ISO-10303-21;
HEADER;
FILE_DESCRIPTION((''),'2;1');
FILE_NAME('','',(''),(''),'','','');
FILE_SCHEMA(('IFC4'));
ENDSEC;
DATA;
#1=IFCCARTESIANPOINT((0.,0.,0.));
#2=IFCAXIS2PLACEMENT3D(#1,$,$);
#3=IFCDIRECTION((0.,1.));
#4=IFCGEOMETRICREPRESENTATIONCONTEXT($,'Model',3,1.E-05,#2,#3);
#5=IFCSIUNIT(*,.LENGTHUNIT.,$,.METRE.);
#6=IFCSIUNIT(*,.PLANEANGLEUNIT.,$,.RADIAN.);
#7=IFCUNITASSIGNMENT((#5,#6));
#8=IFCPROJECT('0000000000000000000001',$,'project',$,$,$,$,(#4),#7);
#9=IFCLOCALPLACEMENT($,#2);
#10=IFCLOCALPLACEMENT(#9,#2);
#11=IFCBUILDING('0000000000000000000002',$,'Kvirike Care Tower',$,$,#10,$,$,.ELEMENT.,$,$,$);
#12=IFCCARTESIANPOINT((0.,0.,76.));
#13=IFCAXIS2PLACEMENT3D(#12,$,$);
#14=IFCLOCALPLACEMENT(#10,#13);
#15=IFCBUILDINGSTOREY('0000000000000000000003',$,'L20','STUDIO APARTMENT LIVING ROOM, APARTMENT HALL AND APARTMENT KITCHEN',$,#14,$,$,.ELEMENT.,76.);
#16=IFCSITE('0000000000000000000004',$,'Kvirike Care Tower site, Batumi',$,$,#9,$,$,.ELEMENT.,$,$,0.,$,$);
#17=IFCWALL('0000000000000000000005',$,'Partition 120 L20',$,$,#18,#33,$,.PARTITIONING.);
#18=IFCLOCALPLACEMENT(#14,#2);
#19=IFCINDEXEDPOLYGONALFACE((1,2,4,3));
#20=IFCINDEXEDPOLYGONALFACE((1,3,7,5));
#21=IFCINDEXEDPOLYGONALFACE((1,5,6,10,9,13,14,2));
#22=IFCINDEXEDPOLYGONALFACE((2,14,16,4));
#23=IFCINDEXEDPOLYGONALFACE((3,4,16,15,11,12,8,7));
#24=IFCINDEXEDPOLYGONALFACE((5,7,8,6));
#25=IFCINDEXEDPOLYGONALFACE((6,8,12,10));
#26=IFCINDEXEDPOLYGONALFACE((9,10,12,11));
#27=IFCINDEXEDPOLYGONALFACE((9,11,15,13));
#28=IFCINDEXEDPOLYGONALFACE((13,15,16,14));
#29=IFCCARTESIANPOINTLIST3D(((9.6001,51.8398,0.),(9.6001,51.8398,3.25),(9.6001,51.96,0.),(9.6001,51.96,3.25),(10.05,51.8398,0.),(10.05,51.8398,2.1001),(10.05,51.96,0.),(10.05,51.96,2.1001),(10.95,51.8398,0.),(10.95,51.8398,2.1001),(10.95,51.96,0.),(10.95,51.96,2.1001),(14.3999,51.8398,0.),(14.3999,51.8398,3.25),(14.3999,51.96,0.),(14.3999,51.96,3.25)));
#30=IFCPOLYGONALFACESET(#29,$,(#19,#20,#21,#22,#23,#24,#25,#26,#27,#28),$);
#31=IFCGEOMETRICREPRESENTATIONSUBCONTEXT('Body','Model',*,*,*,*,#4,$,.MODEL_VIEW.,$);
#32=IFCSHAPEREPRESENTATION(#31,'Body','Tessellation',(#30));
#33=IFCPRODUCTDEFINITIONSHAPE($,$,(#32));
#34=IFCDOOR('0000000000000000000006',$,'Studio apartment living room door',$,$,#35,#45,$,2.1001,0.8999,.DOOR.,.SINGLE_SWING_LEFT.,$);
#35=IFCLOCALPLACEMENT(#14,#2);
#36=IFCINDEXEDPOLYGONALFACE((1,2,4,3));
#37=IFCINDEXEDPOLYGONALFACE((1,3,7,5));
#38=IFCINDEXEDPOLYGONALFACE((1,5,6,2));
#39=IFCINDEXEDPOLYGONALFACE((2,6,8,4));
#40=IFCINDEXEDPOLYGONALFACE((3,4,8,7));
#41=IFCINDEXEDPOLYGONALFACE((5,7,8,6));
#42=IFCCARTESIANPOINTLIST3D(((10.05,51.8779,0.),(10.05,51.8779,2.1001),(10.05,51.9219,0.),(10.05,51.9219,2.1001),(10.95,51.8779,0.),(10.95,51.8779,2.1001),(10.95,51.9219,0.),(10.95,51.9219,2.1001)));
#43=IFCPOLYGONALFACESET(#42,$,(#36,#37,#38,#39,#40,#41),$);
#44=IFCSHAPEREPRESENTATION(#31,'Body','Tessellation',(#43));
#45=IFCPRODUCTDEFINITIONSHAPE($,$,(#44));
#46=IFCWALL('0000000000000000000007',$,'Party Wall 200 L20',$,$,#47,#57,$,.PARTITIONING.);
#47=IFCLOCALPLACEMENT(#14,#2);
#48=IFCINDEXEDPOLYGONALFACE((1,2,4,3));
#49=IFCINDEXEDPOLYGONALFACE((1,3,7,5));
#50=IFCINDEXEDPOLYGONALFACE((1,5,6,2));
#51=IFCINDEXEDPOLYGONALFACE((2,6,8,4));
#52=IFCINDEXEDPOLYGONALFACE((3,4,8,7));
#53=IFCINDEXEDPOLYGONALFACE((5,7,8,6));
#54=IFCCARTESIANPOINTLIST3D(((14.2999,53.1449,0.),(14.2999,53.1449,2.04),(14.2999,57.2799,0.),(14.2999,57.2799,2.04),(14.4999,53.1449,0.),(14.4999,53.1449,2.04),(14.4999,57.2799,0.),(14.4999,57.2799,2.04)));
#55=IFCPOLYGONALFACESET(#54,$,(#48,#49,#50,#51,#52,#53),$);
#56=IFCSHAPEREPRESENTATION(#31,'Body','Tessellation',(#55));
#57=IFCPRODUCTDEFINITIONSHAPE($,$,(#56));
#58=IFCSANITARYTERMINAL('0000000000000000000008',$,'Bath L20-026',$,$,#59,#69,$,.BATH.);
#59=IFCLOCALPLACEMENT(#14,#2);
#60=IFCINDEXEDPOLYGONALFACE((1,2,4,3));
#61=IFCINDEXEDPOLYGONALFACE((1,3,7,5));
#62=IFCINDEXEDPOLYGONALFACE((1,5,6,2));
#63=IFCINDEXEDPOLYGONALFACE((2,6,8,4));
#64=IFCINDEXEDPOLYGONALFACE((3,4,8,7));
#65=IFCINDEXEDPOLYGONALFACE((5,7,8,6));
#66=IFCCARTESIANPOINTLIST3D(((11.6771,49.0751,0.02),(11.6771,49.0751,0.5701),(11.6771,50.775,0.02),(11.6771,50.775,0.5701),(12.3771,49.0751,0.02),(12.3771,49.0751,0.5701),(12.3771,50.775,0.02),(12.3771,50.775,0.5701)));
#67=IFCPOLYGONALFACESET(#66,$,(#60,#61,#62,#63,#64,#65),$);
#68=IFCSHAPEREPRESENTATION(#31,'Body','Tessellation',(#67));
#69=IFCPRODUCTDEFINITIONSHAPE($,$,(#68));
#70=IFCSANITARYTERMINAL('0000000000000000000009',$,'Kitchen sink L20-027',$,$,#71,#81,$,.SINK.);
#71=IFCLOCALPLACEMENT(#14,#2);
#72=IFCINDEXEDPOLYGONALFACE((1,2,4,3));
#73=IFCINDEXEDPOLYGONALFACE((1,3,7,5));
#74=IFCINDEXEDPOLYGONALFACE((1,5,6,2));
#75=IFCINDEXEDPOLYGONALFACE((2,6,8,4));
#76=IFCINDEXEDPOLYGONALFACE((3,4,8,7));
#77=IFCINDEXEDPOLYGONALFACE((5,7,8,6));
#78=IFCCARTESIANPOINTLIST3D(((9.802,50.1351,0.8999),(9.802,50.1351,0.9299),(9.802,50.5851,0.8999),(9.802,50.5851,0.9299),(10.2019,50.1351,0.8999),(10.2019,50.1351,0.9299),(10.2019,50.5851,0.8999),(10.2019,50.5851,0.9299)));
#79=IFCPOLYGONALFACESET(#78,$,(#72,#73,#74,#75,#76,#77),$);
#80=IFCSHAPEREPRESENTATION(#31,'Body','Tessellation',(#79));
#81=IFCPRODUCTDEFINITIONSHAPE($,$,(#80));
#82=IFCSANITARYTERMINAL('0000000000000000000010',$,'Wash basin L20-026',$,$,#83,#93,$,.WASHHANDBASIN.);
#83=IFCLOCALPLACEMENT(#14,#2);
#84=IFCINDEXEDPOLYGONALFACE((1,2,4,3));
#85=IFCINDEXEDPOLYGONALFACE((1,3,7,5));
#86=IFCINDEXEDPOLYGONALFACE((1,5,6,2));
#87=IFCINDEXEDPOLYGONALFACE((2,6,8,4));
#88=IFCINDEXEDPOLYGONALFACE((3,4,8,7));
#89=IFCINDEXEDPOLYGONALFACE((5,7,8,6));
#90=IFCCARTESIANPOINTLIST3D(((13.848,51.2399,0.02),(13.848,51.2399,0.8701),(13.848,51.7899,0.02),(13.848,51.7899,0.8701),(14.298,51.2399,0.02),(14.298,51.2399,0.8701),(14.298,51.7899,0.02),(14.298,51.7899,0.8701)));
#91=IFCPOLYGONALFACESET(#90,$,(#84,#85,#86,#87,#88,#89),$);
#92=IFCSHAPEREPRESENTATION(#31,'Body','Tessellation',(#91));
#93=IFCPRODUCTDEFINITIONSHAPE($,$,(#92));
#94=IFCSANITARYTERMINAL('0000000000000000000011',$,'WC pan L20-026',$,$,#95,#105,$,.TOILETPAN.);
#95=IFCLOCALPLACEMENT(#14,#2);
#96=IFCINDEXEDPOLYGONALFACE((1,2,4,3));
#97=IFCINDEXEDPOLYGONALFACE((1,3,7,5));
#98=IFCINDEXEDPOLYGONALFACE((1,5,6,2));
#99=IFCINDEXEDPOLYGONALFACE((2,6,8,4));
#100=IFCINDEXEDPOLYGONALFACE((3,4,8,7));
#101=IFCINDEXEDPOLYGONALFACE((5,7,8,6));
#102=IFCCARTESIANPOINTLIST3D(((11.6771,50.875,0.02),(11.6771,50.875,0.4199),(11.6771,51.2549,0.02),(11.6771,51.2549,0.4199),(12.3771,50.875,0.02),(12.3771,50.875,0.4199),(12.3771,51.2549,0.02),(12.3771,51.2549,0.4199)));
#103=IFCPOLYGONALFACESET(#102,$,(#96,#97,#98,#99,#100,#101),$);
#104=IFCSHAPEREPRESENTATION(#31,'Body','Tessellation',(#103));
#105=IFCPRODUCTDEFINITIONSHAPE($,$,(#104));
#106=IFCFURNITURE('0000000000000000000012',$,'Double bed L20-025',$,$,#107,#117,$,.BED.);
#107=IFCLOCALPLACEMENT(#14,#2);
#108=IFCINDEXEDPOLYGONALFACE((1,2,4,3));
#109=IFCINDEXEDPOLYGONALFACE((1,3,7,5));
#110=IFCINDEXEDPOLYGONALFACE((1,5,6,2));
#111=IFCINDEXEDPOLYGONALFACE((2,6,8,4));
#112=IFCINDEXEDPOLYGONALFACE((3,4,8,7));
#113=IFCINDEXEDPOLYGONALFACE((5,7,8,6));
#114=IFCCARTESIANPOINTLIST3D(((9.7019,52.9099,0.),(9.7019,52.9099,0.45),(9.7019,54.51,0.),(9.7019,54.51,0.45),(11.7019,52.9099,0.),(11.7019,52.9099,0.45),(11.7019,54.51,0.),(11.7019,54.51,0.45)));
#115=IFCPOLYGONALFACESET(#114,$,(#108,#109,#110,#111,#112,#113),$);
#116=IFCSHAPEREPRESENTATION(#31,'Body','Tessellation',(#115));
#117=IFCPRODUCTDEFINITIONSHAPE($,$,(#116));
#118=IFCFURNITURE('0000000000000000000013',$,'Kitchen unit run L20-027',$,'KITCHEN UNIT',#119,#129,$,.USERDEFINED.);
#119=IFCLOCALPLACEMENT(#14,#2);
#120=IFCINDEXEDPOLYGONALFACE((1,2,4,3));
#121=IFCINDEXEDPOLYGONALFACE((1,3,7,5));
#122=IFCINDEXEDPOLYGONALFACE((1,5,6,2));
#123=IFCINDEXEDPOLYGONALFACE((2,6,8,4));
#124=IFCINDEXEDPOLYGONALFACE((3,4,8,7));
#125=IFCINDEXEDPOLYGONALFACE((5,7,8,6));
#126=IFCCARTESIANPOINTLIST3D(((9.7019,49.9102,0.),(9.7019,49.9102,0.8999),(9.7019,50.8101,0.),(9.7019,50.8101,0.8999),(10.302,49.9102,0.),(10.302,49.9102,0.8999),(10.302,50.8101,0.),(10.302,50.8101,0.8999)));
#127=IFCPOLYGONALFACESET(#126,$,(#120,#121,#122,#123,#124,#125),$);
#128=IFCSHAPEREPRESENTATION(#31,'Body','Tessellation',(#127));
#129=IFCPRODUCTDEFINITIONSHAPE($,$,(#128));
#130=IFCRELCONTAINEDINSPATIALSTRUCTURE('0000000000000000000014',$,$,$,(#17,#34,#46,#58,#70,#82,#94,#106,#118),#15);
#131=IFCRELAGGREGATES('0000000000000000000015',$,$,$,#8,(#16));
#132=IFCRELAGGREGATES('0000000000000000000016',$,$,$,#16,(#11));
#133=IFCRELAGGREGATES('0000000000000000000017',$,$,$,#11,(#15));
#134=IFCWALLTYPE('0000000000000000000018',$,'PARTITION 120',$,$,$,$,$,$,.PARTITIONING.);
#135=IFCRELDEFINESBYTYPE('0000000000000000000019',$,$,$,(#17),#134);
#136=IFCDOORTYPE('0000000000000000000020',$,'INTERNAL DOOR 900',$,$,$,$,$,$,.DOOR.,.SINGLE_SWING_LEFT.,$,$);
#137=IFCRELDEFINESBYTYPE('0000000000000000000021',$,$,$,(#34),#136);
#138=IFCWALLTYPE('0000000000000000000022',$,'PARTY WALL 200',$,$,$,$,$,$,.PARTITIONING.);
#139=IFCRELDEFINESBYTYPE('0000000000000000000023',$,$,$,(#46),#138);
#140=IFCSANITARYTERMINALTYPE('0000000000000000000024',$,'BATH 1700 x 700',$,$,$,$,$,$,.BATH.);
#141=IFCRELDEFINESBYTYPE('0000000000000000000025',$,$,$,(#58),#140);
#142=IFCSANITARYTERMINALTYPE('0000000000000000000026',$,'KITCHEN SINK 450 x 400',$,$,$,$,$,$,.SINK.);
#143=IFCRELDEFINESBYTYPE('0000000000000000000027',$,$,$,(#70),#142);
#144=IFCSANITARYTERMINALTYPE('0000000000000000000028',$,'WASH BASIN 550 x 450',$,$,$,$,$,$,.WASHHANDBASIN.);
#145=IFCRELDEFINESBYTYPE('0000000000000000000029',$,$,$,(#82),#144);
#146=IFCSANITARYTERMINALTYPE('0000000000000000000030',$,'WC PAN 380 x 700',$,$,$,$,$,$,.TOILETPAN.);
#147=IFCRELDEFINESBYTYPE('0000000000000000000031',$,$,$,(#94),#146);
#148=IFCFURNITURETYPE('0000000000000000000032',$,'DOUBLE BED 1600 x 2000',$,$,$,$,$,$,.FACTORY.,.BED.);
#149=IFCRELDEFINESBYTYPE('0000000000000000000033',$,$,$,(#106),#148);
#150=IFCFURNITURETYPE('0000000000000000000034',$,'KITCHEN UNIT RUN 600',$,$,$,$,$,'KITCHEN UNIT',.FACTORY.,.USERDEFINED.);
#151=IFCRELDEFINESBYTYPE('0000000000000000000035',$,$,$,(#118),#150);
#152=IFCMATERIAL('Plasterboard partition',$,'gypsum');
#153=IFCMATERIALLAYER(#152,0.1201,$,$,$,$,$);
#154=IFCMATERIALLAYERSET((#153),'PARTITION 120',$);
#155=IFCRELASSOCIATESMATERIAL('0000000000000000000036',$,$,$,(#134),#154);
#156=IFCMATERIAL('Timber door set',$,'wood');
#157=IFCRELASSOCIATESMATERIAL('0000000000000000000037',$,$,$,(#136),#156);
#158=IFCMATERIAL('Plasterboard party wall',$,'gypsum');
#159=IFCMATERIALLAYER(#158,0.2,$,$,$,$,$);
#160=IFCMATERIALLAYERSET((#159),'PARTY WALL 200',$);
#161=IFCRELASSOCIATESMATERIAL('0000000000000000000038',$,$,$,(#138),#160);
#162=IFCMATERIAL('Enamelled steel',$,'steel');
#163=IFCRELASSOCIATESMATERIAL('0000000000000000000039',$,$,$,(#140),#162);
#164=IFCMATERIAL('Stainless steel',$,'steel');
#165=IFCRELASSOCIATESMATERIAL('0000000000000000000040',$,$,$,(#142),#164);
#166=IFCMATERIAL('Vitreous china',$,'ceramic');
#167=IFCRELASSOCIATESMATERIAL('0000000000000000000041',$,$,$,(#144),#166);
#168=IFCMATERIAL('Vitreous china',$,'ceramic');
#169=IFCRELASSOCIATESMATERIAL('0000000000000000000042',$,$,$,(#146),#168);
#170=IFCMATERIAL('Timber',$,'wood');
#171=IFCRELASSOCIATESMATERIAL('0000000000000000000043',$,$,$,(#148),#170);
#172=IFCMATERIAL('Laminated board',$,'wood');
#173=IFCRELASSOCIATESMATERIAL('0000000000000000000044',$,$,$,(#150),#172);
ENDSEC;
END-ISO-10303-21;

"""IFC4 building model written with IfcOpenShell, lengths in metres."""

from ifc_helpers import new_model, si_unit, direction, frame, frame_2d, origin, origin_2d, place, context, subcontext, project, spatial, rectangle, extrude, material, layer, layer_set, type_object, element, fill, save


model = new_model("IFC4")

# Units and contexts
model_context = context("Model", 3, precision=1e-05, world=origin(), true_north=direction((0.0, 1.0)))
body_context = subcontext(model_context, "Body", "Model", "MODEL_VIEW")
ifc_project = project(units=[si_unit("LENGTHUNIT", "METRE"), si_unit("PLANEANGLEUNIT", "RADIAN")], contexts=[model_context])

# Site, building, storey
site_placement = place(None, origin())
site = spatial("IfcSite", under=ifc_project, at=site_placement, Name="Kvirike Care Tower site, Batumi", CompositionType="ELEMENT", RefElevation=0.0)
building_placement = place(site_placement, origin())
building = spatial("IfcBuilding", under=site, at=building_placement, Name="Kvirike Care Tower", CompositionType="ELEMENT")
storey_placement = place(building_placement, frame((0.0, 0.0, 76.0)))
storey = spatial("IfcBuildingStorey", under=building, at=storey_placement, Name="L20", Description="STUDIO APARTMENT LIVING ROOM, APARTMENT HALL AND APARTMENT KITCHEN", CompositionType="ELEMENT", Elevation=76.0)

# Wall, opening, door
ifc_material_1 = material(Name="Plasterboard partition", Category="gypsum")
ifc_layer_1 = layer(ifc_material_1, 0.1201)
ifc_layer_set_1 = layer_set([ifc_layer_1], Name="PARTITION 120")
wall_type_1 = type_object("IfcWallType", Name="PARTITION 120", PredefinedType="PARTITIONING", material=ifc_layer_set_1)
ifc_material_2 = material(Name="Timber door set", Category="wood")
door_type_1 = type_object("IfcDoorType", Name="INTERNAL DOOR 900", OperationType="SINGLE_SWING_LEFT", PredefinedType="DOOR", material=ifc_material_2)
wall_1_placement = place(storey_placement, frame((14.3999, 51.8999, 0.0), z_axis=(0.0, 0.0, 1.0), x_axis=(-1.0, 0.0, 0.0)))
wall_1 = element("IfcWall", 1, at=wall_1_placement, inside=storey, type_object=wall_type_1, Name="Partition 120 L20", PredefinedType="PARTITIONING", context=body_context, shape_type="SweptSolid", body=[
    extrude(rectangle(XDim=4.7998, YDim=0.1201, at=frame_2d((2.3999, 0.0))), origin(), (0.0, 0.0, 1.0), 3.25),
])
opening_1_placement = place(wall_1_placement, frame((3.45, 0.0, 0.0)))
opening_1 = element("IfcOpeningElement", 2, at=opening_1_placement, cuts=wall_1, PredefinedType="OPENING", context=body_context, shape_type="SweptSolid", body=[
    extrude(rectangle(XDim=0.8999, YDim=2.1001, at=frame_2d((0.45, 1.05))), frame((0.0, 0.0706, 0.0), z_axis=(0.0, -1.0, 0.0), x_axis=(1.0, 0.0, 0.0)), (0.0, 0.0, 1.0), 0.1411),
])
door_1_placement = place(opening_1_placement, origin())
door_1 = element("IfcDoor", 3, at=door_1_placement, inside=storey, type_object=door_type_1, Name="Studio apartment living room door", OperationType="SINGLE_SWING_LEFT", OverallHeight=2.1001, OverallWidth=0.8999, PredefinedType="DOOR", context=body_context, shape_type="SweptSolid", body=[
    extrude(rectangle(XDim=0.8999, YDim=2.1001, at=frame_2d((0.45, 1.05))), frame((0.0, 0.022, 0.0), z_axis=(0.0, -1.0, 0.0), x_axis=(1.0, 0.0, 0.0)), (0.0, 0.0, 1.0), 0.0439),
])
fill(opening_1, door_1)

# Wall
ifc_material_3 = material(Name="Plasterboard party wall", Category="gypsum")
ifc_layer_2 = layer(ifc_material_3, 0.2)
ifc_layer_set_2 = layer_set([ifc_layer_2], Name="PARTY WALL 200")
wall_type_2 = type_object("IfcWallType", Name="PARTY WALL 200", PredefinedType="PARTITIONING", material=ifc_layer_set_2)
wall_2_placement = place(storey_placement, frame((14.3999, 53.145, 0.0), z_axis=(0.0, 0.0, 1.0), x_axis=(0.0, 1.0, 0.0)))
element("IfcWall", 4, at=wall_2_placement, inside=storey, type_object=wall_type_2, Name="Party Wall 200 L20", PredefinedType="PARTITIONING", context=body_context, shape_type="SweptSolid", body=[
    extrude(rectangle(XDim=4.135, YDim=0.2, at=frame_2d((2.0674, 0.0))), origin(), (0.0, 0.0, 1.0), 2.04),
])

# Sanitary terminals
ifc_material_4 = material(Name="Enamelled steel", Category="steel")
sanitary_terminal_type_1 = type_object("IfcSanitaryTerminalType", Name="BATH 1700 x 700", PredefinedType="BATH", material=ifc_material_4)
sanitary_terminal_1_placement = place(storey_placement, frame((12.0271, 49.925, 0.02), z_axis=(0.0, 0.0, 1.0), x_axis=(0.0, 1.0, 0.0)))
element("IfcSanitaryTerminal", 5, at=sanitary_terminal_1_placement, inside=storey, type_object=sanitary_terminal_type_1, Name="Bath L20-026", PredefinedType="BATH", context=body_context, shape_type="SweptSolid", body=[
    extrude(rectangle(XDim=1.7, YDim=0.7, at=origin_2d()), origin(), (0.0, 0.0, 1.0), 0.55),
])
ifc_material_5 = material(Name="Stainless steel", Category="steel")
sanitary_terminal_type_2 = type_object("IfcSanitaryTerminalType", Name="KITCHEN SINK 450 x 400", PredefinedType="SINK", material=ifc_material_5)
sanitary_terminal_2_placement = place(storey_placement, frame((10.002, 50.3601, 0.8999), z_axis=(0.0, 0.0, 1.0), x_axis=(0.0, 1.0, 0.0)))
element("IfcSanitaryTerminal", 6, at=sanitary_terminal_2_placement, inside=storey, type_object=sanitary_terminal_type_2, Name="Kitchen sink L20-027", PredefinedType="SINK", context=body_context, shape_type="SweptSolid", body=[
    extrude(rectangle(XDim=0.45, YDim=0.3999, at=origin_2d()), origin(), (0.0, 0.0, 1.0), 0.03),
])
ifc_material_6 = material(Name="Vitreous china", Category="ceramic")
sanitary_terminal_type_3 = type_object("IfcSanitaryTerminalType", Name="WASH BASIN 550 x 450", PredefinedType="WASHHANDBASIN", material=ifc_material_6)
sanitary_terminal_3_placement = place(storey_placement, frame((14.073, 51.5149, 0.02), z_axis=(0.0, 0.0, 1.0), x_axis=(0.0, -1.0, 0.0)))
element("IfcSanitaryTerminal", 7, at=sanitary_terminal_3_placement, inside=storey, type_object=sanitary_terminal_type_3, Name="Wash basin L20-026", PredefinedType="WASHHANDBASIN", context=body_context, shape_type="SweptSolid", body=[
    extrude(rectangle(XDim=0.55, YDim=0.45, at=origin_2d()), origin(), (0.0, 0.0, 1.0), 0.8501),
])
ifc_material_7 = material(Name="Vitreous china", Category="ceramic")
sanitary_terminal_type_4 = type_object("IfcSanitaryTerminalType", Name="WC PAN 380 x 700", PredefinedType="TOILETPAN", material=ifc_material_7)
sanitary_terminal_4_placement = place(storey_placement, frame((12.0271, 51.0649, 0.02), z_axis=(0.0, 0.0, 1.0), x_axis=(0.0, 1.0, 0.0)))
element("IfcSanitaryTerminal", 8, at=sanitary_terminal_4_placement, inside=storey, type_object=sanitary_terminal_type_4, Name="WC pan L20-026", PredefinedType="TOILETPAN", context=body_context, shape_type="SweptSolid", body=[
    extrude(rectangle(XDim=0.3799, YDim=0.7, at=origin_2d()), origin(), (0.0, 0.0, 1.0), 0.3999),
])

# Furniture
ifc_material_8 = material(Name="Timber", Category="wood")
furniture_type_1 = type_object("IfcFurnitureType", Name="DOUBLE BED 1600 x 2000", AssemblyPlace="FACTORY", PredefinedType="BED", material=ifc_material_8)
furniture_1_placement = place(storey_placement, frame((10.7019, 53.71, 0.0), z_axis=(0.0, 0.0, 1.0), x_axis=(0.0, 1.0, 0.0)))
element("IfcFurniture", 9, at=furniture_1_placement, inside=storey, type_object=furniture_type_1, Name="Double bed L20-025", PredefinedType="BED", context=body_context, shape_type="SweptSolid", body=[
    extrude(rectangle(XDim=1.6001, YDim=2.0, at=origin_2d()), origin(), (0.0, 0.0, 1.0), 0.45),
])
ifc_material_9 = material(Name="Laminated board", Category="wood")
furniture_type_2 = type_object("IfcFurnitureType", Name="KITCHEN UNIT RUN 600", ElementType="KITCHEN UNIT", AssemblyPlace="FACTORY", PredefinedType="USERDEFINED", material=ifc_material_9)
furniture_2_placement = place(storey_placement, frame((10.002, 50.3601, 0.0), z_axis=(0.0, 0.0, 1.0), x_axis=(0.0, 1.0, 0.0)))
element("IfcFurniture", 10, at=furniture_2_placement, inside=storey, type_object=furniture_type_2, Name="Kitchen unit run L20-027", ObjectType="KITCHEN UNIT", PredefinedType="USERDEFINED", context=body_context, shape_type="SweptSolid", body=[
    extrude(rectangle(XDim=0.8999, YDim=0.6001, at=origin_2d()), origin(), (0.0, 0.0, 1.0), 0.8999),
])

save(model, "model.ifc")
